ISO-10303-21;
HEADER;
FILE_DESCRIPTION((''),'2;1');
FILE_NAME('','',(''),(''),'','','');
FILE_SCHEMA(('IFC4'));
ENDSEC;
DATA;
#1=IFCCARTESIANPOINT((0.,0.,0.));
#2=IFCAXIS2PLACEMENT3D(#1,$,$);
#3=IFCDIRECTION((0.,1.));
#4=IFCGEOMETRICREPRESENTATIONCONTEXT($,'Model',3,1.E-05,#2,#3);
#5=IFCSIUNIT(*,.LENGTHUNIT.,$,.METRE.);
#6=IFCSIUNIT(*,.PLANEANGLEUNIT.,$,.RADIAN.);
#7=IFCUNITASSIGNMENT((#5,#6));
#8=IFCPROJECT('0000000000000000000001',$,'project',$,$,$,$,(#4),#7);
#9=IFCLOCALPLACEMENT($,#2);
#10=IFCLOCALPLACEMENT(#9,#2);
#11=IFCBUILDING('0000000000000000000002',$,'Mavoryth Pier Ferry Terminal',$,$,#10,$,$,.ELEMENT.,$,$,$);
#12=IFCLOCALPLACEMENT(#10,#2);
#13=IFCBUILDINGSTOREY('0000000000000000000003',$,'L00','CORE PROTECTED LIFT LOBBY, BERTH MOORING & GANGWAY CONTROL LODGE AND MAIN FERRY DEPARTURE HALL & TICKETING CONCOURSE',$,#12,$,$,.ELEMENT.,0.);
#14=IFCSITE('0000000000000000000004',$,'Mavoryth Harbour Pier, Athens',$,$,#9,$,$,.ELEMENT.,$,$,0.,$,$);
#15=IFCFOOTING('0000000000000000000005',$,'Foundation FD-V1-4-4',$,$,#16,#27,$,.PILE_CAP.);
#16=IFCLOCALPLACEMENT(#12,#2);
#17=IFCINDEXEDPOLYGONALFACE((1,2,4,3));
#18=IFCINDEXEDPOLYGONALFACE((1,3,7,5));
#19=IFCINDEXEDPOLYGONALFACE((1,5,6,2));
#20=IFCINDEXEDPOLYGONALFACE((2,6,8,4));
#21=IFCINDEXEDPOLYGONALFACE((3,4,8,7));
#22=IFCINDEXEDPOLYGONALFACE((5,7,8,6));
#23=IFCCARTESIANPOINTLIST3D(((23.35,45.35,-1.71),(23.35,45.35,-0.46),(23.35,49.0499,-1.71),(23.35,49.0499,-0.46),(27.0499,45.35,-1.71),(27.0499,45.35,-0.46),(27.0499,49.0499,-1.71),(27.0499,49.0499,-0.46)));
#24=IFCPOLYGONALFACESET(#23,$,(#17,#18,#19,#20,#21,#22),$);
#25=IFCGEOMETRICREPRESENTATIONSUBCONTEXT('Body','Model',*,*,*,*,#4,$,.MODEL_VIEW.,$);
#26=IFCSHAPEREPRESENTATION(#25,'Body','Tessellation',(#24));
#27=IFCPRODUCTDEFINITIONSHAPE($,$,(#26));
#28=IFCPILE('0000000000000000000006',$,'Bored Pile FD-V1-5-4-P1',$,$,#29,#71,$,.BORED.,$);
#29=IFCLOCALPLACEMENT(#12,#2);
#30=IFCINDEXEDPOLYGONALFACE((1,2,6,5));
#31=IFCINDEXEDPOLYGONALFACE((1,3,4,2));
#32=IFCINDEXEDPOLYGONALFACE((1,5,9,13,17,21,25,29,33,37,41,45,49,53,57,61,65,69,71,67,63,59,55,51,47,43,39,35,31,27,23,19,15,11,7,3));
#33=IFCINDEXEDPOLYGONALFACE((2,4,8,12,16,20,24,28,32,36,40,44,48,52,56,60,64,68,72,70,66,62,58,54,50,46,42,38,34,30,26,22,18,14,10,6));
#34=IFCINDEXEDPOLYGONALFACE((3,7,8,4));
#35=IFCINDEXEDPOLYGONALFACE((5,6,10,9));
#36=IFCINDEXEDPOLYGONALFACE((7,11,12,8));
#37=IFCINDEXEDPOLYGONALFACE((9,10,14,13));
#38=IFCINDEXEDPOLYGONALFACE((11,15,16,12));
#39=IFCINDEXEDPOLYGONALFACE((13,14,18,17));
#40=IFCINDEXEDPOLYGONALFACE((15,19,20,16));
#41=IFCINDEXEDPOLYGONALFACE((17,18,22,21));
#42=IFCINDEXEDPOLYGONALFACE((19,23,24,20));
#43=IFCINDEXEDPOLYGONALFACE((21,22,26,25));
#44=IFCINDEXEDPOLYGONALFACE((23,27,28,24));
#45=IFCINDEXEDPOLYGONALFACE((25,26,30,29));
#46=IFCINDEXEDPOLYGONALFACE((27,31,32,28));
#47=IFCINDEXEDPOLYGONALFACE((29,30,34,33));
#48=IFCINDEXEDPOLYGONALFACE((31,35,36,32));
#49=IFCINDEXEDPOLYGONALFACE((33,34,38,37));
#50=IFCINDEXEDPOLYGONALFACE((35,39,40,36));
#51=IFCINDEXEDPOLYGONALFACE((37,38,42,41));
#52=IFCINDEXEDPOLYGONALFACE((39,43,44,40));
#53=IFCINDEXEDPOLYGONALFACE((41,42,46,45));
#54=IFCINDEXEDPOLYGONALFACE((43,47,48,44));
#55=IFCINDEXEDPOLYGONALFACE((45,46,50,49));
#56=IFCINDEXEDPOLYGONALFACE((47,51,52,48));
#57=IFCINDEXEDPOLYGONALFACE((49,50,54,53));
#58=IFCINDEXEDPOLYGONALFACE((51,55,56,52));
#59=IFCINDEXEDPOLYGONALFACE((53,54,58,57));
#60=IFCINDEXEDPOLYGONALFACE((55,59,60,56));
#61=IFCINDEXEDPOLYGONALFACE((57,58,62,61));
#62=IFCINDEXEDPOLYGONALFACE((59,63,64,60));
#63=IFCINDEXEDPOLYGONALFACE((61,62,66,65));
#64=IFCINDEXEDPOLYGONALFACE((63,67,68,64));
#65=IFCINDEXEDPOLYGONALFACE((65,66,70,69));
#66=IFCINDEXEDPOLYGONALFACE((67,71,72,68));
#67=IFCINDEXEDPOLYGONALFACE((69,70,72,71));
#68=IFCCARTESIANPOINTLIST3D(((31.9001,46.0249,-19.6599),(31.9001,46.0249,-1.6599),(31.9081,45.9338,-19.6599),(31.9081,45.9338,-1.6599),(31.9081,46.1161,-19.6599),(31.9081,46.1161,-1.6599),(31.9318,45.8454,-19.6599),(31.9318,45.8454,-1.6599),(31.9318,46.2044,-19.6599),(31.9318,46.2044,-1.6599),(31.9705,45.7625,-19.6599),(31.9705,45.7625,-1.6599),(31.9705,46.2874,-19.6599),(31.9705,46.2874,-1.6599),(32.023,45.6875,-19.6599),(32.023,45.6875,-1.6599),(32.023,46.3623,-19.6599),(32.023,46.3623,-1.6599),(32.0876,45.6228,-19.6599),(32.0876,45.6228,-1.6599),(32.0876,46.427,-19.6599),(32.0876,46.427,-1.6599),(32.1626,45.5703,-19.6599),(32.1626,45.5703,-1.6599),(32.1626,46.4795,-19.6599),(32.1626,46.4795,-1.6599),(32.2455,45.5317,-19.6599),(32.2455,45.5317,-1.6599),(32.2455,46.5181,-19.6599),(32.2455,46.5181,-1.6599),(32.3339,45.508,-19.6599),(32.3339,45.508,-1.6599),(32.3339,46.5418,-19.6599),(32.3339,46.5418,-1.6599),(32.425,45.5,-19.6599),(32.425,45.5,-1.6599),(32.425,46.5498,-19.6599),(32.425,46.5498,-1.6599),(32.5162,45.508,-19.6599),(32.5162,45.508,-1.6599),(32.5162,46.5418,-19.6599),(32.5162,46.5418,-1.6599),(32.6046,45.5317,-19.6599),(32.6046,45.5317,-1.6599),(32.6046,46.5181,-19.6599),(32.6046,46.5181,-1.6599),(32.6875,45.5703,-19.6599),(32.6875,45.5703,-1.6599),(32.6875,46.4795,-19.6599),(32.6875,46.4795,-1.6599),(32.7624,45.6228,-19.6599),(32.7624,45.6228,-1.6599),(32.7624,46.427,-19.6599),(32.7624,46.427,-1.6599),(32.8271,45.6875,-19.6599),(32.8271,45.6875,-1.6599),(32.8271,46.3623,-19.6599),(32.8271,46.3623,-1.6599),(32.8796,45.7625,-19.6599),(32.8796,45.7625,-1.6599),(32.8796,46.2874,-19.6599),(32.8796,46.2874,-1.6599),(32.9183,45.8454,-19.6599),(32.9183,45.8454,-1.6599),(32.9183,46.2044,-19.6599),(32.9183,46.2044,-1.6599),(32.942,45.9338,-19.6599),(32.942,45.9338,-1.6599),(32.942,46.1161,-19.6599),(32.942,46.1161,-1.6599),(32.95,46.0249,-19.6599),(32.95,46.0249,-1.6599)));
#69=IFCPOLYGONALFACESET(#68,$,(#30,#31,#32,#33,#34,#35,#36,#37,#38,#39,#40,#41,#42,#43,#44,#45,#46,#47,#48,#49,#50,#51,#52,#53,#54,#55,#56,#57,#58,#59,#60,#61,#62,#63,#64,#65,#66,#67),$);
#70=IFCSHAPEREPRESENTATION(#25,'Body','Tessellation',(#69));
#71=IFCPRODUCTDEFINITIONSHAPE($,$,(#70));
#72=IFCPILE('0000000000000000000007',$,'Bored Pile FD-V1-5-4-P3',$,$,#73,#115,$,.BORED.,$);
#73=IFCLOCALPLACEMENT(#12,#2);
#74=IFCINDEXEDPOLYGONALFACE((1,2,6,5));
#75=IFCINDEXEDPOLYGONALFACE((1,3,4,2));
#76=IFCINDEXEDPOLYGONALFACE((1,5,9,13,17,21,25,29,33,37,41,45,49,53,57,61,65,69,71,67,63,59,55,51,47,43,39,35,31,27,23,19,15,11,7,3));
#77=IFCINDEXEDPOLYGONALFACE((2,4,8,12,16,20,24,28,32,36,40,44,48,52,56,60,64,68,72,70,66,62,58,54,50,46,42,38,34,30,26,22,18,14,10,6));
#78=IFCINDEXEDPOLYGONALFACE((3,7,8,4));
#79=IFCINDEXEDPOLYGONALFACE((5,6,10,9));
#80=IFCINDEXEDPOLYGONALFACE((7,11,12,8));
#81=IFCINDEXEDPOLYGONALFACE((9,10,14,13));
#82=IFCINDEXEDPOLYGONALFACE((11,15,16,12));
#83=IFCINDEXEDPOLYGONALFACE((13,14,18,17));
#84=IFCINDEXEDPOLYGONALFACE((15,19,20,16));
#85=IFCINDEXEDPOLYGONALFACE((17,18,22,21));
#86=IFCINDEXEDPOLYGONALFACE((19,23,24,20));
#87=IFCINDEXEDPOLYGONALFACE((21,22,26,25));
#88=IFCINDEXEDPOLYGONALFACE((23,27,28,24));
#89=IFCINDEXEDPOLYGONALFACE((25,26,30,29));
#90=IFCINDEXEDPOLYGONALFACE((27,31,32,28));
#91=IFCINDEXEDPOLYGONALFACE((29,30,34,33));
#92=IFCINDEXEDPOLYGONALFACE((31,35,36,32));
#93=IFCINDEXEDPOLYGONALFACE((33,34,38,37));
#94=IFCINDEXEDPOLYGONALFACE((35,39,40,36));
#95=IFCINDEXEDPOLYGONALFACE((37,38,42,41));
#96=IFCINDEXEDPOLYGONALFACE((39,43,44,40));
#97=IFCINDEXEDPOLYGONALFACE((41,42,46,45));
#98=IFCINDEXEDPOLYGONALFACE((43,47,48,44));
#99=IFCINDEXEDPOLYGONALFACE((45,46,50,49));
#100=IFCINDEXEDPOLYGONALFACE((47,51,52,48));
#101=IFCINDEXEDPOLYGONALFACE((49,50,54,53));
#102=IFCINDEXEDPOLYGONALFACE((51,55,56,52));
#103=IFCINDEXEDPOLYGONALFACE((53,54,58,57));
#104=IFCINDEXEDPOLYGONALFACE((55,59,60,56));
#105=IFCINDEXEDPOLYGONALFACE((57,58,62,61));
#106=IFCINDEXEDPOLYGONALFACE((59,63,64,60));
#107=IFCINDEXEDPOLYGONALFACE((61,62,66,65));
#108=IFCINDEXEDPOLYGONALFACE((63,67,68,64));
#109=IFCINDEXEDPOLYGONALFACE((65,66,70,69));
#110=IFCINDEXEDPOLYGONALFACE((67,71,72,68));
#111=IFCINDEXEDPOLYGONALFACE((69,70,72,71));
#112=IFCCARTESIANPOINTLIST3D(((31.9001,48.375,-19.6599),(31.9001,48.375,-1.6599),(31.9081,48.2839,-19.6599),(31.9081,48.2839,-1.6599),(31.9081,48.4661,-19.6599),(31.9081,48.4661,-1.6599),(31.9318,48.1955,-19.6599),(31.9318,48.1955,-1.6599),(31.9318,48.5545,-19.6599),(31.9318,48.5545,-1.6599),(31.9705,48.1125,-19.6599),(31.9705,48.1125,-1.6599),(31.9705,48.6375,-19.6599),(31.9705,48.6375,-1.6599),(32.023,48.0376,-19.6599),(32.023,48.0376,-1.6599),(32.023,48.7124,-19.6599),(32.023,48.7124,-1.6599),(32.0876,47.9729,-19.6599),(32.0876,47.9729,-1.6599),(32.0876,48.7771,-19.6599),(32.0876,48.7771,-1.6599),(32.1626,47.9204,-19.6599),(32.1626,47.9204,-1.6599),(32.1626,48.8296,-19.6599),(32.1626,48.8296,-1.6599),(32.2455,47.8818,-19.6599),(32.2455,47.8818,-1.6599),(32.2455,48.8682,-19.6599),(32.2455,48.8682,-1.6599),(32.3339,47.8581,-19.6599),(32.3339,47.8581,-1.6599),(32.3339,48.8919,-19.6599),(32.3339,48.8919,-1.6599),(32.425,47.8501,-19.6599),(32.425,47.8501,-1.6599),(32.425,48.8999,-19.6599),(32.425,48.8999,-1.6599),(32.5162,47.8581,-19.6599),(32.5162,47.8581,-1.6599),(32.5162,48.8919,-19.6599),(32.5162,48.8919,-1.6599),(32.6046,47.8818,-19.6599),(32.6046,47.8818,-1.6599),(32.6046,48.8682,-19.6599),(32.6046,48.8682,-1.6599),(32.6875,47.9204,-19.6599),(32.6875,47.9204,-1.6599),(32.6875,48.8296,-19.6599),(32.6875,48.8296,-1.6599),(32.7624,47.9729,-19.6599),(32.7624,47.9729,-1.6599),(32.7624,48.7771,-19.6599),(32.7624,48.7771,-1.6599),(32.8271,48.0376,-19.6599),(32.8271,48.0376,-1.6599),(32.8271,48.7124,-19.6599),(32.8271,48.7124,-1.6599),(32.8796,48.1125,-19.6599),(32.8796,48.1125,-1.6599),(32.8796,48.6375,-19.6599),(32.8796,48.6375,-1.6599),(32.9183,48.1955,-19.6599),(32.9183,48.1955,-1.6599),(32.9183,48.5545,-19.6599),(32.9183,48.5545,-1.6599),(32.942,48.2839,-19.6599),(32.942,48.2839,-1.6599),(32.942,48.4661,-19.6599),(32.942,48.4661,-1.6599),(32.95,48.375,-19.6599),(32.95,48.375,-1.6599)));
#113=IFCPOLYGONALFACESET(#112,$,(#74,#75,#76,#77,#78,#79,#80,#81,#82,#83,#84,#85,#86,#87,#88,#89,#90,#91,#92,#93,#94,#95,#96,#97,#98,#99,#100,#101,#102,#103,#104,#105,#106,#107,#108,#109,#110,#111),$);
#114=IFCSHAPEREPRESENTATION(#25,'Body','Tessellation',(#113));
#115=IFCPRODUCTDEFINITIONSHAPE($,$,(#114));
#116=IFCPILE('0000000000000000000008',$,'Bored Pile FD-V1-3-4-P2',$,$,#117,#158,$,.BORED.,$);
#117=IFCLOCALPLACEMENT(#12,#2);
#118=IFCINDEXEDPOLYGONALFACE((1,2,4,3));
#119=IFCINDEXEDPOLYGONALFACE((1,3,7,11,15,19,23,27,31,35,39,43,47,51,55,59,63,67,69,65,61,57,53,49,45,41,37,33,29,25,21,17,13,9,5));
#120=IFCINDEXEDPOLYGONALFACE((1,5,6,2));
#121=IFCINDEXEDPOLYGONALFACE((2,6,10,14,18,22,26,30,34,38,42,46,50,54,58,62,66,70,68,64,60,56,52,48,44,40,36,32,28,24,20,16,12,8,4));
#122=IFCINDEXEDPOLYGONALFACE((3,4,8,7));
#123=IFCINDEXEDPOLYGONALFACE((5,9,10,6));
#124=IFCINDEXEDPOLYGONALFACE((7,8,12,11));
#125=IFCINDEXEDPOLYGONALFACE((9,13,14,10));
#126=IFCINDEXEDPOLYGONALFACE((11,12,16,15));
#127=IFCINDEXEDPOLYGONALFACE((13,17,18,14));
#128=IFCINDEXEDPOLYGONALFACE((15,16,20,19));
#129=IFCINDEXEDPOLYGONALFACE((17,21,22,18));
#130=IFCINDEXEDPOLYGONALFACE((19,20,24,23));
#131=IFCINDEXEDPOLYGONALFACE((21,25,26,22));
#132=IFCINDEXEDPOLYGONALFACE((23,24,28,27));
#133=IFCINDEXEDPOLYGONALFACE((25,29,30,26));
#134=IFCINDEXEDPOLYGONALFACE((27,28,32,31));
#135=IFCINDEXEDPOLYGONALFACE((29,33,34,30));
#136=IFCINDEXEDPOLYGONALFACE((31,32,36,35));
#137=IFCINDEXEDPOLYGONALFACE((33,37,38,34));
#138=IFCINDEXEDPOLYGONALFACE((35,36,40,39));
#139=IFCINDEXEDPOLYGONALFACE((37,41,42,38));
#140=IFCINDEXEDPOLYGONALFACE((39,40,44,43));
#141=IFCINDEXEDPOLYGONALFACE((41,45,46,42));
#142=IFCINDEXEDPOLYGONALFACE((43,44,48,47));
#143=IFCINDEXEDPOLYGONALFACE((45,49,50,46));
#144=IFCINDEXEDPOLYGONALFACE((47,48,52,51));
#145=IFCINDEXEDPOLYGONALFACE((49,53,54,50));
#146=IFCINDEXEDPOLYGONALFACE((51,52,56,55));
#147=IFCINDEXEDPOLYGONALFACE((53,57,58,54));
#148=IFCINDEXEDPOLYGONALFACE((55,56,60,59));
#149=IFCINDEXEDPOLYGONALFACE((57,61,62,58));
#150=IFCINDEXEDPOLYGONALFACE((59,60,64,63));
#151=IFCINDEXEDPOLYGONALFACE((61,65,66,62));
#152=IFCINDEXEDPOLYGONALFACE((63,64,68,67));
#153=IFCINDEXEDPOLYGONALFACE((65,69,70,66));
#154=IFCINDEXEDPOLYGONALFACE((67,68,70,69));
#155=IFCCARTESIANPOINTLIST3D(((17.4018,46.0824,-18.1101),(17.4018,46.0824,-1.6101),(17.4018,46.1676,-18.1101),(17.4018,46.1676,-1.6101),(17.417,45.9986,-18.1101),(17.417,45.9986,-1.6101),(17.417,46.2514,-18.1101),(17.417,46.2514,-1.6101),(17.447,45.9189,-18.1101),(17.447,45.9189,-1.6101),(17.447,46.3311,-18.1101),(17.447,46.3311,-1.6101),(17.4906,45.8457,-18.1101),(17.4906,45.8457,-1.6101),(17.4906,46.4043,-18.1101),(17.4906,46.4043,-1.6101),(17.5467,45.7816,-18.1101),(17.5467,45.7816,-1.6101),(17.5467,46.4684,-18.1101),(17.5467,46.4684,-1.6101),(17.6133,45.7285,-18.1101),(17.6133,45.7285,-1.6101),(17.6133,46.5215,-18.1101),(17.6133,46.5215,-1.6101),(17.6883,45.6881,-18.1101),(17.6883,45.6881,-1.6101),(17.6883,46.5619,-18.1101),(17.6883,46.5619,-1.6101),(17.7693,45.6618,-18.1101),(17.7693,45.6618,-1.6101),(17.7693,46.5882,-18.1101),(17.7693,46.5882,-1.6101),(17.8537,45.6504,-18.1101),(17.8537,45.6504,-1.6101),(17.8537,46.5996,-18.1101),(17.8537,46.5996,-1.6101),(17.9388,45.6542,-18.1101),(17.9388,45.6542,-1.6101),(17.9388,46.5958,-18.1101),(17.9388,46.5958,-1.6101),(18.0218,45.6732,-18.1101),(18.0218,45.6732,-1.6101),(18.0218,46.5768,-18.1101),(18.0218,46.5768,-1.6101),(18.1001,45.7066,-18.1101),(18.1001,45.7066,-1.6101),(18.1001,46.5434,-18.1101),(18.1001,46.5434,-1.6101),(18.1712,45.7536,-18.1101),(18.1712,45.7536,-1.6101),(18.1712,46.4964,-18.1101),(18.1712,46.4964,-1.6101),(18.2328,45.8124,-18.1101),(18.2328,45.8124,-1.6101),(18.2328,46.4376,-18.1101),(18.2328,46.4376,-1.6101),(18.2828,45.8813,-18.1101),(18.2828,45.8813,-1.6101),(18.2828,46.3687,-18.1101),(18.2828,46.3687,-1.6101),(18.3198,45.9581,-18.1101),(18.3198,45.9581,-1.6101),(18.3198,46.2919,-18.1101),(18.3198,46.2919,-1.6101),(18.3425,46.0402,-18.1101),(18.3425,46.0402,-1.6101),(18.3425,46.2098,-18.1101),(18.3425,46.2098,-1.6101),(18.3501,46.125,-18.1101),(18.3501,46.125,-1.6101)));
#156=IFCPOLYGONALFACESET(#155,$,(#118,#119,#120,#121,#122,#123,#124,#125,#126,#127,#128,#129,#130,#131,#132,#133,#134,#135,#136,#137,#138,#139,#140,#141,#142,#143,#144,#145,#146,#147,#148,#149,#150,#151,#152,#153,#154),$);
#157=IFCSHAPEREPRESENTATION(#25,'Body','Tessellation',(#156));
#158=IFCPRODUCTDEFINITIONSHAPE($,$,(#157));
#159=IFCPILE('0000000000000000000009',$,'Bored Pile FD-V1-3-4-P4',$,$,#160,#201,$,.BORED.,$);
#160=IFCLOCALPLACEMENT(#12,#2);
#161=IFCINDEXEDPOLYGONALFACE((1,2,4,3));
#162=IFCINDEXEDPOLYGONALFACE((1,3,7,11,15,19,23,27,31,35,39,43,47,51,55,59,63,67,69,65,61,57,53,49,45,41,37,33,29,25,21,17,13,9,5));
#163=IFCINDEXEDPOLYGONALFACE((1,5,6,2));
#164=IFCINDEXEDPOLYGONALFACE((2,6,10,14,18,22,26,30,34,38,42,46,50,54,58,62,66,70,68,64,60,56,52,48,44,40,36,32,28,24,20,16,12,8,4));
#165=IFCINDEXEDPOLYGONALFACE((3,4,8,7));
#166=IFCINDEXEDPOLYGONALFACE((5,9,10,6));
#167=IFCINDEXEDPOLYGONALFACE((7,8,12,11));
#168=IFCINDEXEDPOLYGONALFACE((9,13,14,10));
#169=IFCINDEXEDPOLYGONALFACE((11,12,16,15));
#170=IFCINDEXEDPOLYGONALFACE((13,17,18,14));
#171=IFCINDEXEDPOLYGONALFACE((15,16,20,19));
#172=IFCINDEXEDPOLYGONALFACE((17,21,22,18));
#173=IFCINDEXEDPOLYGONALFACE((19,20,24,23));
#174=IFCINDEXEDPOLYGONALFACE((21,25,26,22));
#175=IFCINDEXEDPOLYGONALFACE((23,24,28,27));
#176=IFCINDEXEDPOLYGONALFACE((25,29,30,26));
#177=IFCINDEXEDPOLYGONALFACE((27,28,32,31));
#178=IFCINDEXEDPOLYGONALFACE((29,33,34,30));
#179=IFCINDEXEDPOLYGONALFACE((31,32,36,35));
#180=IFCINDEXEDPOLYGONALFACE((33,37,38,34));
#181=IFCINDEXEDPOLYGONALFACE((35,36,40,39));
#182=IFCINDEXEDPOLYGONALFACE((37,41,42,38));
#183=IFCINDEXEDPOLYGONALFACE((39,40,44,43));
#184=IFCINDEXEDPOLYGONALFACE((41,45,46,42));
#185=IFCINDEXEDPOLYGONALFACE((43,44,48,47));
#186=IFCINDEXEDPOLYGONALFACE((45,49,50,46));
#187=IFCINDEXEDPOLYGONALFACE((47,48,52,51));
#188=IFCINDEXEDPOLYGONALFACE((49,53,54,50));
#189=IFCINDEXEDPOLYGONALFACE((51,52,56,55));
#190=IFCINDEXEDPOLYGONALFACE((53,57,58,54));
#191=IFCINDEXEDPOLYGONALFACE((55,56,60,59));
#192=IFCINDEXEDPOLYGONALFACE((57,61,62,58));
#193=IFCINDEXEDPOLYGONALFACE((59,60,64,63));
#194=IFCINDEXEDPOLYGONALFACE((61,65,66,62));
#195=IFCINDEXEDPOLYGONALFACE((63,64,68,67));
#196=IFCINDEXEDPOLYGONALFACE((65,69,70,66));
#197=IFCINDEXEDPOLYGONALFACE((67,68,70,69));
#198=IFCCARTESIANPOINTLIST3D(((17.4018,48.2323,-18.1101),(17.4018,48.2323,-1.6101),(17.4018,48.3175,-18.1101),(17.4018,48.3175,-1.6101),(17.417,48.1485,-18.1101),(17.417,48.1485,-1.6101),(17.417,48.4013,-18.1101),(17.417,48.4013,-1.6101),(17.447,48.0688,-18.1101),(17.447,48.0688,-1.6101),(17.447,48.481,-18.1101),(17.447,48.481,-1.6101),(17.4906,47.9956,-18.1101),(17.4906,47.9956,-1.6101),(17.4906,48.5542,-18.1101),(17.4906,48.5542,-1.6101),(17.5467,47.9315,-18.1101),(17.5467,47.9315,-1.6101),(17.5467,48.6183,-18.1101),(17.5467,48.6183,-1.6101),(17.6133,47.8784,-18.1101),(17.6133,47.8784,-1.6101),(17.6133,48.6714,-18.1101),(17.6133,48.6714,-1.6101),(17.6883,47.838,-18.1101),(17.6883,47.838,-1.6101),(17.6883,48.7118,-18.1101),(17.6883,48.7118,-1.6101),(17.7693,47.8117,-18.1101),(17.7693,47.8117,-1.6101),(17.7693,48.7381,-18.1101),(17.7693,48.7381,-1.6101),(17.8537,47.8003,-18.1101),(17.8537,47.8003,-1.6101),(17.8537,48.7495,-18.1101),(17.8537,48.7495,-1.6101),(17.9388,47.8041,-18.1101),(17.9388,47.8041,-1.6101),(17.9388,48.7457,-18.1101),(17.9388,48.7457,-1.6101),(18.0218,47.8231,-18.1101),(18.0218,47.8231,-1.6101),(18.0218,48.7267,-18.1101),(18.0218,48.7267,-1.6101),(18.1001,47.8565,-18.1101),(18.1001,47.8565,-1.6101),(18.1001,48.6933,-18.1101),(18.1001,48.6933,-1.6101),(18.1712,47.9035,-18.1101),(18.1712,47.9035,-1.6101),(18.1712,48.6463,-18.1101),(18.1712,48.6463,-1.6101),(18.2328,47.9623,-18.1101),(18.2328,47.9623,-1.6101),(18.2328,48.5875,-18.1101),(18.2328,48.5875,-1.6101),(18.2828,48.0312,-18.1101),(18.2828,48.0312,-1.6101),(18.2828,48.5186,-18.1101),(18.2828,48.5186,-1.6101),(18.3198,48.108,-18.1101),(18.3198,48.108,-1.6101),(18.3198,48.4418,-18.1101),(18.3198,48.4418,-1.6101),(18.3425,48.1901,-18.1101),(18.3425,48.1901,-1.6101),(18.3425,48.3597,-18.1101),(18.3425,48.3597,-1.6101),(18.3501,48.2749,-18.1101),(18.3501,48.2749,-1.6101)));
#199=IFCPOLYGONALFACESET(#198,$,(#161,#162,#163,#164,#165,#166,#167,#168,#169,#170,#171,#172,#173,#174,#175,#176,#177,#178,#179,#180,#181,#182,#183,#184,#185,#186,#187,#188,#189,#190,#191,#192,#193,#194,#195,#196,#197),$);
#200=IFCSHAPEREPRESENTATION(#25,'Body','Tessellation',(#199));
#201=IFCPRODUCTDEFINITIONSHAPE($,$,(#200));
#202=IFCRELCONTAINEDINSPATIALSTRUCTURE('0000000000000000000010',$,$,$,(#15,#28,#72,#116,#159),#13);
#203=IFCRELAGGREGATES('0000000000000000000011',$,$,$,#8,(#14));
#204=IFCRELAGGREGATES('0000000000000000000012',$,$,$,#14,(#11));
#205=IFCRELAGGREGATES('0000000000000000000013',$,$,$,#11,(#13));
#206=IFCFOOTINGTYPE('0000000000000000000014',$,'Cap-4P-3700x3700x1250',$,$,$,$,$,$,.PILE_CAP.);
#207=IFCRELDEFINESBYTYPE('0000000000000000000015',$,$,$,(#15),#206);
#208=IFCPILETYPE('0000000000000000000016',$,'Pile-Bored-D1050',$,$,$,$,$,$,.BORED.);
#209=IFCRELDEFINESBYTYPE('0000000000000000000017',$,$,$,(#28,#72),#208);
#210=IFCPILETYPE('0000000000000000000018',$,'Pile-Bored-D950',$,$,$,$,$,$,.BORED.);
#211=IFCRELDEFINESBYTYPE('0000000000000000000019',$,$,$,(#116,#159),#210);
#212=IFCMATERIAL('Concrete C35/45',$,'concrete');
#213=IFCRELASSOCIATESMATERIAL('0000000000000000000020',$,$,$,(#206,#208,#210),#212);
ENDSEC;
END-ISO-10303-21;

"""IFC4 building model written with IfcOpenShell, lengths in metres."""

from ifc_helpers import new_model, si_unit, direction, frame, origin, origin_2d, place, context, subcontext, project, spatial, rectangle, circle, extrude, material, material_profile, profile_set, type_object, element, save


model = new_model("IFC4")

# Units and contexts
model_context = context("Model", 3, precision=1e-05, world=origin(), true_north=direction((0.0, 1.0)))
body_context = subcontext(model_context, "Body", "Model", "MODEL_VIEW")
ifc_project = project(units=[si_unit("LENGTHUNIT", "METRE"), si_unit("PLANEANGLEUNIT", "RADIAN")], contexts=[model_context])

# Site, building, storey
site_placement = place(None, origin())
site = spatial("IfcSite", under=ifc_project, at=site_placement, Name="Mavoryth Harbour Pier, Athens", CompositionType="ELEMENT", RefElevation=0.0)
building_placement = place(site_placement, origin())
building = spatial("IfcBuilding", under=site, at=building_placement, Name="Mavoryth Pier Ferry Terminal", CompositionType="ELEMENT")
storey_placement = place(building_placement, origin())
storey = spatial("IfcBuildingStorey", under=building, at=storey_placement, Name="L00", Description="CORE PROTECTED LIFT LOBBY, BERTH MOORING & GANGWAY CONTROL LODGE AND MAIN FERRY DEPARTURE HALL & TICKETING CONCOURSE", CompositionType="ELEMENT", Elevation=0.0)

# Footing
ifc_material_1 = material(Name="Concrete C35/45", Category="concrete")
footing_type_1 = type_object("IfcFootingType", Name="Cap-4P-3700x3700x1250", PredefinedType="PILE_CAP", material=ifc_material_1)
footing_1_placement = place(storey_placement, frame((25.2, 47.2, -1.71), z_axis=(0.0, 0.0, 1.0), x_axis=(1.0, 0.0, 0.0)))
element("IfcFooting", 1, at=footing_1_placement, inside=storey, type_object=footing_type_1, Name="Foundation FD-V1-4-4", PredefinedType="PILE_CAP", context=body_context, shape_type="SweptSolid", body=[
    extrude(rectangle(XDim=3.7, YDim=3.7, at=origin_2d()), origin(), (0.0, 0.0, 1.0), 1.25),
])

# Piles
ifc_material_profile_1 = material_profile(ifc_material_1, circle(Radius=0.5249, at=origin_2d()), Name="PILE D1050", Category="concrete")
ifc_profile_set_1 = profile_set([ifc_material_profile_1], Name="Concrete C35/45 - PILE D1050")
pile_type_1 = type_object("IfcPileType", Name="Pile-Bored-D1050", PredefinedType="BORED", material=ifc_profile_set_1)
for number, where, z_axis, x_axis, name in (
    (2, (32.425, 46.0249, -1.6599), (0.0, 0.0, -1.0), (1.0, 0.0, 0.0), "Bored Pile FD-V1-5-4-P1"),
    (3, (32.425, 48.375, -1.6599), (0.0, 0.0, -1.0), (1.0, 0.0, 0.0), "Bored Pile FD-V1-5-4-P3"),
):
    element("IfcPile", number, at=place(storey_placement, frame(where, z_axis=z_axis, x_axis=x_axis)), inside=storey, type_object=pile_type_1, Name=name, PredefinedType="BORED", context=body_context, shape_type="SweptSolid", body=[
        extrude(circle(Radius=0.5249, at=origin_2d()), origin(), (0.0, 0.0, 1.0), 18.0),
    ])
ifc_material_profile_2 = material_profile(ifc_material_1, circle(Radius=0.4751, at=origin_2d()), Name="PILE D950", Category="concrete")
ifc_profile_set_2 = profile_set([ifc_material_profile_2], Name="Concrete C35/45 - PILE D950")
pile_type_2 = type_object("IfcPileType", Name="Pile-Bored-D950", PredefinedType="BORED", material=ifc_profile_set_2)
for number, where, z_axis, x_axis, name in (
    (4, (17.875, 46.125, -1.6101), (0.0, 0.0, -1.0), (1.0, 0.0, 0.0), "Bored Pile FD-V1-3-4-P2"),
    (5, (17.875, 48.2749, -1.6101), (0.0, 0.0, -1.0), (1.0, 0.0, 0.0), "Bored Pile FD-V1-3-4-P4"),
):
    element("IfcPile", number, at=place(storey_placement, frame(where, z_axis=z_axis, x_axis=x_axis)), inside=storey, type_object=pile_type_2, Name=name, PredefinedType="BORED", context=body_context, shape_type="SweptSolid", body=[
        extrude(circle(Radius=0.4751, at=origin_2d()), origin(), (0.0, 0.0, 1.0), 16.5),
    ])

save(model, "model.ifc")
